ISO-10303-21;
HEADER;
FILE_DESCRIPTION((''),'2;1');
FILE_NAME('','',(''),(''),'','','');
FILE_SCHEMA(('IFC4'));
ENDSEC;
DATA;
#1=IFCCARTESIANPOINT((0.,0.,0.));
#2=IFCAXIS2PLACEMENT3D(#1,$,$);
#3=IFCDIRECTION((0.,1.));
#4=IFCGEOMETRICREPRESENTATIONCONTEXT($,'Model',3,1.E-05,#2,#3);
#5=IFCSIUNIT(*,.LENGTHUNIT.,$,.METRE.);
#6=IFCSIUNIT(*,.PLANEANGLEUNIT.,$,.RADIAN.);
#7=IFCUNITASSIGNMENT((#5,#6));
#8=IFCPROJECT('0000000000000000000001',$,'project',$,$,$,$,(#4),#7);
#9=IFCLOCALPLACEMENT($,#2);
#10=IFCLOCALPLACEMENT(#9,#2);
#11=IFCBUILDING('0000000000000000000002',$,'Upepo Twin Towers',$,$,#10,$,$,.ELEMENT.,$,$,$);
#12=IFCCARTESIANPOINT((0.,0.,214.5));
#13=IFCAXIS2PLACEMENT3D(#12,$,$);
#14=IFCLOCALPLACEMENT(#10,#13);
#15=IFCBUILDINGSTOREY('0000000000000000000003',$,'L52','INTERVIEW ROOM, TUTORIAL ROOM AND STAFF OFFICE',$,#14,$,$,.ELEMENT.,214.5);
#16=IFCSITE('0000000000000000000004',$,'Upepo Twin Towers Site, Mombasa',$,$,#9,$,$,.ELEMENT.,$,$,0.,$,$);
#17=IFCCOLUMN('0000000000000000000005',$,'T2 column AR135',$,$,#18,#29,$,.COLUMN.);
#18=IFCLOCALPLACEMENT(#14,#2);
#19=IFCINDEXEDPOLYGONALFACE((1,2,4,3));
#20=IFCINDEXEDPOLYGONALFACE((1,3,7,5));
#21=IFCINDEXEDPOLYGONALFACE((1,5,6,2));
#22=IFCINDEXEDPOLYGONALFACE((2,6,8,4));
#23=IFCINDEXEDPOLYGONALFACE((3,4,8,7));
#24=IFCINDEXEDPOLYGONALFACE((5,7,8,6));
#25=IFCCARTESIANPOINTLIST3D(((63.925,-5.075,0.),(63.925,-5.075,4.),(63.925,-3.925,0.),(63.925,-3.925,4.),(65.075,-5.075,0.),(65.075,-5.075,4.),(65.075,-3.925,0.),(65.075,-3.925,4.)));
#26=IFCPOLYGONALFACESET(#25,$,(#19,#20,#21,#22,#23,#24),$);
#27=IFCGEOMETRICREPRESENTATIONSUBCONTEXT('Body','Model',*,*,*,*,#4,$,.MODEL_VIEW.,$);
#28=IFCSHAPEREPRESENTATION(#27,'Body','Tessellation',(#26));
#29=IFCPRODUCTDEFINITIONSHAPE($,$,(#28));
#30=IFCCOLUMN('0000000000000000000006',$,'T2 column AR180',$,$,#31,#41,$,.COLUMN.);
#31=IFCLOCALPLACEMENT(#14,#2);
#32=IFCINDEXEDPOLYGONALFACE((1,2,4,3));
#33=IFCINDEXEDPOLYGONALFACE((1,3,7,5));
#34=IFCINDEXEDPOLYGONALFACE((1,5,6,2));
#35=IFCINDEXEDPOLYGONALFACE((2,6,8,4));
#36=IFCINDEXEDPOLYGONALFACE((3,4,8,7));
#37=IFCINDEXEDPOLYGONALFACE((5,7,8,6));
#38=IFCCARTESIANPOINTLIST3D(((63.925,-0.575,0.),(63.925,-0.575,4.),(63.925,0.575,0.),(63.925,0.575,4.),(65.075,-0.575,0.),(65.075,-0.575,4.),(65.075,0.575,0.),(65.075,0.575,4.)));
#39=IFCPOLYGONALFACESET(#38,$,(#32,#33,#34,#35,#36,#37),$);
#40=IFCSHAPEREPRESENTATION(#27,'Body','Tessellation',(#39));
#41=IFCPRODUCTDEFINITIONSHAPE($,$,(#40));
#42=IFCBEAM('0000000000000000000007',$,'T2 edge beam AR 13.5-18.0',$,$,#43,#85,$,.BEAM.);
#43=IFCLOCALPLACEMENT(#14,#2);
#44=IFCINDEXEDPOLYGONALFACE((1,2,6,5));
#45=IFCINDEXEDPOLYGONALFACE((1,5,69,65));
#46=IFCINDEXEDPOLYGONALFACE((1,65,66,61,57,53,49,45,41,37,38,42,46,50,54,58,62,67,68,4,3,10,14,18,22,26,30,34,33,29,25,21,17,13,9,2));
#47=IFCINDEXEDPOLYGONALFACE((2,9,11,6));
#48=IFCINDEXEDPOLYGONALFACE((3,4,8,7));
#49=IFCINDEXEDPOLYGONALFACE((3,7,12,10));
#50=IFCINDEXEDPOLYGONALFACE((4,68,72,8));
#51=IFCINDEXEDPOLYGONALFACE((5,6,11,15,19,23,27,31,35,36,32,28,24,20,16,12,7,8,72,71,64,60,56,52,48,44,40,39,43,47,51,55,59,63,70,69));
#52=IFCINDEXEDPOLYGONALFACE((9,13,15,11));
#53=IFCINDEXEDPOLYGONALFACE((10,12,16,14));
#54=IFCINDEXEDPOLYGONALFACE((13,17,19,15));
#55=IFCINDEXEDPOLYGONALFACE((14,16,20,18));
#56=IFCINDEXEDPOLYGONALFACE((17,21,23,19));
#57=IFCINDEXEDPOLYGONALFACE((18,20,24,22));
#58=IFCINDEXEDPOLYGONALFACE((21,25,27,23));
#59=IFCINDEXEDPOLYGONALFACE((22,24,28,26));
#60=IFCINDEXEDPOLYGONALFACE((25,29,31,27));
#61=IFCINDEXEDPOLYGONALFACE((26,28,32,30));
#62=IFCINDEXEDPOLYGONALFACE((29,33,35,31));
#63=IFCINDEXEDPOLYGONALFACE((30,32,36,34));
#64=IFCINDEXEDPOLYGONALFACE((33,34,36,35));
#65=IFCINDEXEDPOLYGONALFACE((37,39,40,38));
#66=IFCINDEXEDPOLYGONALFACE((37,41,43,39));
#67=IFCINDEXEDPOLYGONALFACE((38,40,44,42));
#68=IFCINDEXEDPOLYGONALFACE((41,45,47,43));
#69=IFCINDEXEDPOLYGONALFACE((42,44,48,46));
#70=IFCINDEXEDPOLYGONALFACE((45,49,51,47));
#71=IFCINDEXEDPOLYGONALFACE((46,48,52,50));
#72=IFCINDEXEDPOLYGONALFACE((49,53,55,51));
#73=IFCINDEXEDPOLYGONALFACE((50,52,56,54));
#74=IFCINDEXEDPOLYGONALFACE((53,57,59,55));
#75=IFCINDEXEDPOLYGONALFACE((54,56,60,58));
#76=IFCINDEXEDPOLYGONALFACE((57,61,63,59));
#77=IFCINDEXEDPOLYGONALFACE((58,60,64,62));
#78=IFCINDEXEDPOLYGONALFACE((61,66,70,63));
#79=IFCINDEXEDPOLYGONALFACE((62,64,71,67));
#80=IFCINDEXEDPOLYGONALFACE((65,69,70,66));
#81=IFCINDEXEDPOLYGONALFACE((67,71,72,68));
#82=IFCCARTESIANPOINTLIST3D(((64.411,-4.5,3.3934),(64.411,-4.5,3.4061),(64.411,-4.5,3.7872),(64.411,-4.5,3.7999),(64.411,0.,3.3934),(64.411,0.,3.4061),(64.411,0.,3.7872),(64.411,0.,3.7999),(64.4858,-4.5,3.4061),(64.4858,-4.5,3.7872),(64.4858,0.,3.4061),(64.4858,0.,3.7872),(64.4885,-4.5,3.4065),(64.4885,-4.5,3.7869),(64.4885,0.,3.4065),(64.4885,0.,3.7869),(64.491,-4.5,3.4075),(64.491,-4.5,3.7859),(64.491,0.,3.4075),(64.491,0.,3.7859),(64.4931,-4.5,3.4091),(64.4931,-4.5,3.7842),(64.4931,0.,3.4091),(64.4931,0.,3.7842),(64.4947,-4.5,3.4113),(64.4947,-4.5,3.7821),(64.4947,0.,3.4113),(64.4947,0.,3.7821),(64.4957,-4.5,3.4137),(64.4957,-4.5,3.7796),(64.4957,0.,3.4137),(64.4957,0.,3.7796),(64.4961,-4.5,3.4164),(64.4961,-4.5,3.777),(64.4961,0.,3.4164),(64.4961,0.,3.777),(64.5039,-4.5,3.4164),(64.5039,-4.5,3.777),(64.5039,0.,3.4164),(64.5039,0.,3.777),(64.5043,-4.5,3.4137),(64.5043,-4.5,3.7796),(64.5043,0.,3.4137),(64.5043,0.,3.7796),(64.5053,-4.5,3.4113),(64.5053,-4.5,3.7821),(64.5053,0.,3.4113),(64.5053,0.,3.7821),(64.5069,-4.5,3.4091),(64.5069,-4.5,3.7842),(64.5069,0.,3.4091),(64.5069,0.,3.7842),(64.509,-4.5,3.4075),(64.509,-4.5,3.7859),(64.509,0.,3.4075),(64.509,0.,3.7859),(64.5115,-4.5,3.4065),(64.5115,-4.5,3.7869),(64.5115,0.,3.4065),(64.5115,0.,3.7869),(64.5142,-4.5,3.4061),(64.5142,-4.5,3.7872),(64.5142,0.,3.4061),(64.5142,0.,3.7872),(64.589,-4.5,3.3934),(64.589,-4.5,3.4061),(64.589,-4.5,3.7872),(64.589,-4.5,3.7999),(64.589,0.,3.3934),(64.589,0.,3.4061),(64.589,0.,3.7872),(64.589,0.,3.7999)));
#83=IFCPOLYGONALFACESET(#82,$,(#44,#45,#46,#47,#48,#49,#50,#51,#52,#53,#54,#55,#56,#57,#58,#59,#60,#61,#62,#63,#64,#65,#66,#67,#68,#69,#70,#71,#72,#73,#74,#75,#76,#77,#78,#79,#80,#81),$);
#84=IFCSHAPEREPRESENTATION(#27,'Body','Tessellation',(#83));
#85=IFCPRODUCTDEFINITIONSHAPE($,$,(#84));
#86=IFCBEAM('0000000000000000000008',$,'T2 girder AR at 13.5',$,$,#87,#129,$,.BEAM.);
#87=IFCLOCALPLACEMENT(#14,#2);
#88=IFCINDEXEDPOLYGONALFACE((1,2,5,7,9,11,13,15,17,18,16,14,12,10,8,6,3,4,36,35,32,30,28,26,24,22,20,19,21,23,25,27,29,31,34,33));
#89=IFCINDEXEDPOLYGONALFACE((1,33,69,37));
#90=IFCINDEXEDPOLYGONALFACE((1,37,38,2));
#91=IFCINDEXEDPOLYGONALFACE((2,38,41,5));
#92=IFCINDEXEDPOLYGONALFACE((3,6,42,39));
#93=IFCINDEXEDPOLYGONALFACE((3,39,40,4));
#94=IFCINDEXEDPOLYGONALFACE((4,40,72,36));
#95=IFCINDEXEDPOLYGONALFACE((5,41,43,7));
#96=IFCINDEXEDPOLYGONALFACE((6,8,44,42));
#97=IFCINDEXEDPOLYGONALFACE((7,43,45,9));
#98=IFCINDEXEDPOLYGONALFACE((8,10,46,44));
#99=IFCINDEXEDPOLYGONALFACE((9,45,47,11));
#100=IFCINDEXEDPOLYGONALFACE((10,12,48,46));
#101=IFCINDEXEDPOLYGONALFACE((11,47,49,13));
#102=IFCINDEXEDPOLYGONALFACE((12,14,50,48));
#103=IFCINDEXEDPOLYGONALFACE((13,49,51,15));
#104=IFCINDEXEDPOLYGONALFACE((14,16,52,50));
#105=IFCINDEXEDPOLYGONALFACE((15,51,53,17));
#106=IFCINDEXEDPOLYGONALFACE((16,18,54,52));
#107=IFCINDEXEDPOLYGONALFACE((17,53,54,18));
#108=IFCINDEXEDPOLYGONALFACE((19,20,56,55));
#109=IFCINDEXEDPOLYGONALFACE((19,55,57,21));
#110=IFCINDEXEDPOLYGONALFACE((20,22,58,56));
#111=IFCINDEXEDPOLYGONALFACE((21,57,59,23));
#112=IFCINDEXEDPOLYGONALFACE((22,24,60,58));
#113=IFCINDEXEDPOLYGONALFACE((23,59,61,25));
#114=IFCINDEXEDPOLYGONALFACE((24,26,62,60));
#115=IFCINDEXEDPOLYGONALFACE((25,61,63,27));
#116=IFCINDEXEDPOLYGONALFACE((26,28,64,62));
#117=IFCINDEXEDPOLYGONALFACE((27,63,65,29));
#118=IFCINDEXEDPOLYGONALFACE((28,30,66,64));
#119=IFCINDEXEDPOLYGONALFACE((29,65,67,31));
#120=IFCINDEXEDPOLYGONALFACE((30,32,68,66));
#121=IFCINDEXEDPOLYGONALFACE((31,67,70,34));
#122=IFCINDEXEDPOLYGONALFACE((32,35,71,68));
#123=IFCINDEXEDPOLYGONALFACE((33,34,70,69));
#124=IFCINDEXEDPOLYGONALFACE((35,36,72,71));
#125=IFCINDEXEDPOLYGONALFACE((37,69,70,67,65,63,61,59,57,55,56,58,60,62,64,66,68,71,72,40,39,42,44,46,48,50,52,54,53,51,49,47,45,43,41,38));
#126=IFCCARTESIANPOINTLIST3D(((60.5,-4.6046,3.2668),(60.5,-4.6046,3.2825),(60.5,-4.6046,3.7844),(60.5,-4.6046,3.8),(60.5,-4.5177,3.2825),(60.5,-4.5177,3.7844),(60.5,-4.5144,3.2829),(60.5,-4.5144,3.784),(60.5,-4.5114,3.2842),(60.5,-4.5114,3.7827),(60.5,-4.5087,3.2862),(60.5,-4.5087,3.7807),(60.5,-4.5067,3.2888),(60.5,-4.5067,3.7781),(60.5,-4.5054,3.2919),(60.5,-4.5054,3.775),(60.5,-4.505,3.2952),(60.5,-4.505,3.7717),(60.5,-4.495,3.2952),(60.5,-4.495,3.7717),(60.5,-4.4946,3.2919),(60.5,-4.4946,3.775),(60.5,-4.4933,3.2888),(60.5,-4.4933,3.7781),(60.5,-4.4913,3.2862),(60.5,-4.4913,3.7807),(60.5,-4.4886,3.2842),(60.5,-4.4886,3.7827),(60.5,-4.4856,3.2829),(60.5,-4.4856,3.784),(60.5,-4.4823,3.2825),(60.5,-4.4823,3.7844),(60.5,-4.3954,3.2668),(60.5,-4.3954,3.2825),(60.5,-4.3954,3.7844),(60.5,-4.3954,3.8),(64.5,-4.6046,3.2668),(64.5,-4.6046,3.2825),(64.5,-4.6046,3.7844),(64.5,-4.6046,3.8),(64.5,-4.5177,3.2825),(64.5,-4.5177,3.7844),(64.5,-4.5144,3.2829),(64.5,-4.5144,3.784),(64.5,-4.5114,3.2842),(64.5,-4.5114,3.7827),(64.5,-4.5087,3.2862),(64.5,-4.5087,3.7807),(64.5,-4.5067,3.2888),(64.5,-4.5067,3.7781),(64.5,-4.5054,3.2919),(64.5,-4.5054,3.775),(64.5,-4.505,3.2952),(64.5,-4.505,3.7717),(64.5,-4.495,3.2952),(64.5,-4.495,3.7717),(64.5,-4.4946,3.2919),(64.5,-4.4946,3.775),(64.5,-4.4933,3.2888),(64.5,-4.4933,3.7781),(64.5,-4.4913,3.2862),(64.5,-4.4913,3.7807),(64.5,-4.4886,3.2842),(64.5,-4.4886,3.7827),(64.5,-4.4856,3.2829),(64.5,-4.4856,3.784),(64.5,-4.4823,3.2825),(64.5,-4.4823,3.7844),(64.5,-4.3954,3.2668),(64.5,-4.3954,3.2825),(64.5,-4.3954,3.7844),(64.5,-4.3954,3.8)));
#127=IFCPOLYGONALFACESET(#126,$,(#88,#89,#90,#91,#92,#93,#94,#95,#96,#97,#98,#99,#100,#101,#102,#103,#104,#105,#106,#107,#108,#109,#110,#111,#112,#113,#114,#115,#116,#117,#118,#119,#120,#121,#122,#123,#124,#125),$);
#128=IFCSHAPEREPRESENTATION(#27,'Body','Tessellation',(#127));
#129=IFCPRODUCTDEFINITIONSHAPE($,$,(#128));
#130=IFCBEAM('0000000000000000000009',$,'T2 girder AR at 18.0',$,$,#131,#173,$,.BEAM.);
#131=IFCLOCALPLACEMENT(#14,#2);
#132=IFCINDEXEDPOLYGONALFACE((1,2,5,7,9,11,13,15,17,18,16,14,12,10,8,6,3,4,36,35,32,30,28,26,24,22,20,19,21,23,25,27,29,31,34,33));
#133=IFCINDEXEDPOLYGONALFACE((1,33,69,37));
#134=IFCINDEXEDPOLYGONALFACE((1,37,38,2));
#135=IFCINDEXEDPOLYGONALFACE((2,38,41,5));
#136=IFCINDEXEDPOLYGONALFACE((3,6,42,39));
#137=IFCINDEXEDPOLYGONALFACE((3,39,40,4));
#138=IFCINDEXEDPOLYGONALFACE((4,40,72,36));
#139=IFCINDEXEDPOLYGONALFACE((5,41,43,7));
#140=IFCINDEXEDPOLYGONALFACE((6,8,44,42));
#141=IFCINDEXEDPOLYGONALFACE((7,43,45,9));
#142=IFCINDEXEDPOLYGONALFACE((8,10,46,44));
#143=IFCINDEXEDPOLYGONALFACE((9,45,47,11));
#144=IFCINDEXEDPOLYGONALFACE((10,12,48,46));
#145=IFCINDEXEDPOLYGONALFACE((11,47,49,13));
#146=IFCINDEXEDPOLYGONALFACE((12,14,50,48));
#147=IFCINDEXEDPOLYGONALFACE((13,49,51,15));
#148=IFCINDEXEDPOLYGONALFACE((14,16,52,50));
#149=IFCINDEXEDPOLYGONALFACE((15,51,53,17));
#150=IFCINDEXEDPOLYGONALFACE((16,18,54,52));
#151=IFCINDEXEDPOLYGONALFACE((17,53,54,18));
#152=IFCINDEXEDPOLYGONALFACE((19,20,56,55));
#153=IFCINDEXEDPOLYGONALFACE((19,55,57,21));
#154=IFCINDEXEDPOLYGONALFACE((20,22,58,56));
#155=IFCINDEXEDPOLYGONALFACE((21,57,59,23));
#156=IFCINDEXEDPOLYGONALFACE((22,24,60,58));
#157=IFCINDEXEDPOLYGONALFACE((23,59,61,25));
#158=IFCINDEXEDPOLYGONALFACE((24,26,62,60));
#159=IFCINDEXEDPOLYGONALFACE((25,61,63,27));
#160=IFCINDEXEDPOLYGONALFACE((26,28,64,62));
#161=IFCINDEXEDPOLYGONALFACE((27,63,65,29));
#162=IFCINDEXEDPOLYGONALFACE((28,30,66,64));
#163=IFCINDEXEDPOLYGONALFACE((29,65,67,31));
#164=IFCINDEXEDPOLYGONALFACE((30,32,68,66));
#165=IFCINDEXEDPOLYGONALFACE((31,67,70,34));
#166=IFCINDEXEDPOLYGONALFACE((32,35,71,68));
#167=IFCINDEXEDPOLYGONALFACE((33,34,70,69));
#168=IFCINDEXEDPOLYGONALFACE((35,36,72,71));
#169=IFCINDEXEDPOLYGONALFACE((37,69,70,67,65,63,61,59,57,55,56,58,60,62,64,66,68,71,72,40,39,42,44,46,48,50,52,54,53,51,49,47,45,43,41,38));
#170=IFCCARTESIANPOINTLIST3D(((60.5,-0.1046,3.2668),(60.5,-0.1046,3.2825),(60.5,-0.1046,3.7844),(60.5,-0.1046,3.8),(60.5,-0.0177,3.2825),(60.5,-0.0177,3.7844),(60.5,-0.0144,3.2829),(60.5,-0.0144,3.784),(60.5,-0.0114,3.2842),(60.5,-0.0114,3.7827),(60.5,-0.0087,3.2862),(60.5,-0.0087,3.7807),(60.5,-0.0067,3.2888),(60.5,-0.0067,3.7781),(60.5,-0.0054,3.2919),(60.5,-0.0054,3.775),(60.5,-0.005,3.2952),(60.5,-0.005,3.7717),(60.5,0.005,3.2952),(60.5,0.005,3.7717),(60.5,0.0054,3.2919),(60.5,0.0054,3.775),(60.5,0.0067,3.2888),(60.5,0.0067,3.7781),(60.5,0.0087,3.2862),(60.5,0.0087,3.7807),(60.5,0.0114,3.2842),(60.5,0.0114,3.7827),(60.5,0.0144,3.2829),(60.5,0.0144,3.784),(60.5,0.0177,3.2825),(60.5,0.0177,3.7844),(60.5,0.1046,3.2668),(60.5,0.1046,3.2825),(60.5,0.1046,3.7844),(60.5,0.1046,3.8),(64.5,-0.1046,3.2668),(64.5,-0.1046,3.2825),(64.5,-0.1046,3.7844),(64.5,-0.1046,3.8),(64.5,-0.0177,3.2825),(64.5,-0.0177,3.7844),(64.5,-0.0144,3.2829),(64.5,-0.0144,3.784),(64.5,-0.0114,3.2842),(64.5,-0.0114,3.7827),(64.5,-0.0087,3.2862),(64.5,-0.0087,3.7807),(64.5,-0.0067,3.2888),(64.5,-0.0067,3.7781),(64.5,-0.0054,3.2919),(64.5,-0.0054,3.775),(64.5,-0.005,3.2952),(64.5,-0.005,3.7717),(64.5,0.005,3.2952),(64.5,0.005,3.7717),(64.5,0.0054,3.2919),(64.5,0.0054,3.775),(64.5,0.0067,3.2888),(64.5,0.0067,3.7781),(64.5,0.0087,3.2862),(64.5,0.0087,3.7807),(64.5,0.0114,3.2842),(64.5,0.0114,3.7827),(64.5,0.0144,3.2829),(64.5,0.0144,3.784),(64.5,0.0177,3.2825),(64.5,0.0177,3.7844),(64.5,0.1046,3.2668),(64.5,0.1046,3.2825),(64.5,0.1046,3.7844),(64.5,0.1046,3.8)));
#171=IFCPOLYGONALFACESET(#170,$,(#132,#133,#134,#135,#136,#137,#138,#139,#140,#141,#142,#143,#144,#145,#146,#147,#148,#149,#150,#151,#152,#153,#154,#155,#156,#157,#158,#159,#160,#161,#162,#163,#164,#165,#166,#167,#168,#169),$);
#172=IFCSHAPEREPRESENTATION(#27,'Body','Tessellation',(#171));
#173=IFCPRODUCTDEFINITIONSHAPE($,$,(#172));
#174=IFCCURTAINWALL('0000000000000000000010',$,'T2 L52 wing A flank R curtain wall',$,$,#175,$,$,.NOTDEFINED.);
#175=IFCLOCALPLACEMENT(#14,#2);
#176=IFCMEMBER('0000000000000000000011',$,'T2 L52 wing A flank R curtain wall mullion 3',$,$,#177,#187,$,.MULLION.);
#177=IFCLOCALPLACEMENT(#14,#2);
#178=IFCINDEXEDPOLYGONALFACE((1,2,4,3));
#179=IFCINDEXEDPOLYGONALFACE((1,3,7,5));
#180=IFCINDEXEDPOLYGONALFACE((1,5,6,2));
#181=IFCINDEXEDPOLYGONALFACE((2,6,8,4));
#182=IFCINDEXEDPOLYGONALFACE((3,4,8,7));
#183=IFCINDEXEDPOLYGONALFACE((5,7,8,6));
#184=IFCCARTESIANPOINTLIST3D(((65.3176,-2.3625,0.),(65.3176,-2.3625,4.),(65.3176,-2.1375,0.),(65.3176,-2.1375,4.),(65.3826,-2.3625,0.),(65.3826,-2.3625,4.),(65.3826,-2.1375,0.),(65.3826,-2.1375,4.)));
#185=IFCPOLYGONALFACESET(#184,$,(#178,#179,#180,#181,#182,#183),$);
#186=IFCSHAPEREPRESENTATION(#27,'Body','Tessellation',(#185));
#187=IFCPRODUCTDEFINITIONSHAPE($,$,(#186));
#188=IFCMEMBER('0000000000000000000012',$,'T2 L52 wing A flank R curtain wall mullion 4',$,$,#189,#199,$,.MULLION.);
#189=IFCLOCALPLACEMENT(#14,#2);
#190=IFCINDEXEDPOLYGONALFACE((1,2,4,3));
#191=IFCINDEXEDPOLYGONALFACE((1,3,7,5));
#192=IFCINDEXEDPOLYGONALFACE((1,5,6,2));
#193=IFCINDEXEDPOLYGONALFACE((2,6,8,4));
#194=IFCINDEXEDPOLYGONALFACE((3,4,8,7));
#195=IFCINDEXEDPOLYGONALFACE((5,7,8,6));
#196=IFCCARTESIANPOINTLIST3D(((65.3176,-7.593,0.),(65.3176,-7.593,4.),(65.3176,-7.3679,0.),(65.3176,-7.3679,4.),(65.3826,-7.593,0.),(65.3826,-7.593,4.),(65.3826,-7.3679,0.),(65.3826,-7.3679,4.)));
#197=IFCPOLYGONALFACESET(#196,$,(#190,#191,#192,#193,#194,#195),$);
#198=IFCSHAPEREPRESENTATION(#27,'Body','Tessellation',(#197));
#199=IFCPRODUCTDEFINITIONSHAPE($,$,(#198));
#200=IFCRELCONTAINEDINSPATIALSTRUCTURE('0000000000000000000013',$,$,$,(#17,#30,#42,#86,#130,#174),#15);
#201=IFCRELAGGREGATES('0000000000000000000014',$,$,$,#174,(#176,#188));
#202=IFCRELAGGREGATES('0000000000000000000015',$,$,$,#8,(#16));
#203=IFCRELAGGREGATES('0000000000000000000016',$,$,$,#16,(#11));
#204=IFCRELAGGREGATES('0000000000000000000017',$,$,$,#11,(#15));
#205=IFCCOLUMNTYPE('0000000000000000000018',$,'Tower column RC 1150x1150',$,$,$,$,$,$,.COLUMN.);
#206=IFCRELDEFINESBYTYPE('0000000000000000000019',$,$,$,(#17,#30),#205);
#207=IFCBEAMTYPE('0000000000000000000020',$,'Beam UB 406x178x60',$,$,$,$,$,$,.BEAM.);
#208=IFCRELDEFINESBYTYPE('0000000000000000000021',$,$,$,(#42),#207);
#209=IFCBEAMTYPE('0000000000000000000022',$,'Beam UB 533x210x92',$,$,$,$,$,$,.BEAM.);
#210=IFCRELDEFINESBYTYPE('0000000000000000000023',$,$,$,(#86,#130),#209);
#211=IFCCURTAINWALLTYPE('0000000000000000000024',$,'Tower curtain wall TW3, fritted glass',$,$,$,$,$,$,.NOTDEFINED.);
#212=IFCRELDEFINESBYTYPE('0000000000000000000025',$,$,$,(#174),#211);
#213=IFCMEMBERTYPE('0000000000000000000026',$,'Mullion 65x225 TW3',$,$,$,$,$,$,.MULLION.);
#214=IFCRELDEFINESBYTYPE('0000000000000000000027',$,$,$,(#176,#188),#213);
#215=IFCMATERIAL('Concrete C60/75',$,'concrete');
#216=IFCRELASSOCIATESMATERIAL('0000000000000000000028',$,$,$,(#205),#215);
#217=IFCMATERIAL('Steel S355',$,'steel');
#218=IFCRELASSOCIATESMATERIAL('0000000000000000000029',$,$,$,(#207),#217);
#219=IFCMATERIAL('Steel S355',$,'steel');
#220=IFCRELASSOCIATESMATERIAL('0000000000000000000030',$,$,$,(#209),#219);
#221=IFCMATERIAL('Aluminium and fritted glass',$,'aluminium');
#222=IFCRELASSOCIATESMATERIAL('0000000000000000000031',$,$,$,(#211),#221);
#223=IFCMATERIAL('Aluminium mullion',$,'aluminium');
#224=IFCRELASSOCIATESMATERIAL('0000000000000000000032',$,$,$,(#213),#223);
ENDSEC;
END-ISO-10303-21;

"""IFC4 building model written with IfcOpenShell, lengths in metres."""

from ifc_helpers import new_model, si_unit, direction, frame, origin, origin_2d, place, context, subcontext, project, spatial, rectangle, i_section, extrude, material, material_profile, profile_set, type_object, element, aggregate, save


model = new_model("IFC4")

# Units and contexts
model_context = context("Model", 3, precision=1e-05, world=origin(), true_north=direction((0.0, 1.0)))
body_context = subcontext(model_context, "Body", "Model", "MODEL_VIEW")
ifc_project = project(units=[si_unit("LENGTHUNIT", "METRE"), si_unit("PLANEANGLEUNIT", "RADIAN")], contexts=[model_context])

# Site, building, storey
site_placement = place(None, origin())
site = spatial("IfcSite", under=ifc_project, at=site_placement, Name="Upepo Twin Towers Site, Mombasa", CompositionType="ELEMENT", RefElevation=0.0)
building_placement = place(site_placement, origin())
building = spatial("IfcBuilding", under=site, at=building_placement, Name="Upepo Twin Towers", CompositionType="ELEMENT")
storey_placement = place(building_placement, frame((0.0, 0.0, 214.5)))
storey = spatial("IfcBuildingStorey", under=building, at=storey_placement, Name="L52", Description="INTERVIEW ROOM, TUTORIAL ROOM AND STAFF OFFICE", CompositionType="ELEMENT", Elevation=214.5)

# Columns
ifc_material_1 = material(Name="Concrete C60/75", Category="concrete")
ifc_material_profile_1 = material_profile(ifc_material_1, rectangle(XDim=1.1499, YDim=1.1499, at=origin_2d()), Name="RC 1150x1150")
ifc_profile_set_1 = profile_set([ifc_material_profile_1], Name="Concrete C60/75")
column_type = type_object("IfcColumnType", Name="Tower column RC 1150x1150", PredefinedType="COLUMN", material=ifc_profile_set_1)
for number, where, z_axis, x_axis, name in (
    (1, (64.5, -4.5, 0.0), (0.0, 0.0, 1.0), (1.0, 0.0, 0.0), "T2 column AR135"),
    (2, (64.5, 0.0, 0.0), (0.0, 0.0, 1.0), (1.0, 0.0, 0.0), "T2 column AR180"),
):
    element("IfcColumn", number, at=place(storey_placement, frame(where, z_axis=z_axis, x_axis=x_axis)), inside=storey, type_object=column_type, Name=name, PredefinedType="COLUMN", context=body_context, shape_type="SweptSolid", body=[
        extrude(rectangle(XDim=1.1499, YDim=1.1499, at=origin_2d()), origin(), (0.0, 0.0, 1.0), 4.0),
    ])

# Beams
ifc_material_2 = material(Name="Steel S355", Category="steel")
ifc_material_profile_2 = material_profile(ifc_material_2, i_section(OverallWidth=0.178, OverallDepth=0.4065, WebThickness=0.0078, FlangeThickness=0.0127, FilletRadius=0.0103, at=origin_2d()), Name="UB 406x178x60")
ifc_profile_set_2 = profile_set([ifc_material_profile_2], Name="Steel S355")
beam_type_1 = type_object("IfcBeamType", Name="Beam UB 406x178x60", PredefinedType="BEAM", material=ifc_profile_set_2)
beam_placement = place(storey_placement, frame((64.5, -4.5, 3.5967), z_axis=(0.0, 1.0, 0.0), x_axis=(-1.0, 0.0, 0.0)))
element("IfcBeam", 3, at=beam_placement, inside=storey, type_object=beam_type_1, Name="T2 edge beam AR 13.5-18.0", PredefinedType="BEAM", context=body_context, shape_type="SweptSolid", body=[
    extrude(i_section(OverallWidth=0.178, OverallDepth=0.4065, WebThickness=0.0078, FlangeThickness=0.0127, FilletRadius=0.0103, at=origin_2d()), origin(), (0.0, 0.0, 1.0), 4.5),
])
ifc_material_3 = material(Name="Steel S355", Category="steel")
ifc_material_profile_3 = material_profile(ifc_material_3, i_section(OverallWidth=0.2092, OverallDepth=0.5332, WebThickness=0.01, FlangeThickness=0.0156, FilletRadius=0.0127, at=origin_2d()), Name="UB 533x210x92")
ifc_profile_set_3 = profile_set([ifc_material_profile_3], Name="Steel S355")
beam_type_2 = type_object("IfcBeamType", Name="Beam UB 533x210x92", PredefinedType="BEAM", material=ifc_profile_set_3)
for number, where, z_axis, x_axis, name in (
    (4, (64.5, -4.5, 3.5334), (-1.0, 0.0, 0.0), (0.0, -1.0, 0.0), "T2 girder AR at 13.5"),
    (5, (64.5, 0.0, 3.5334), (-1.0, 0.0, 0.0), (0.0, -1.0, 0.0), "T2 girder AR at 18.0"),
):
    element("IfcBeam", number, at=place(storey_placement, frame(where, z_axis=z_axis, x_axis=x_axis)), inside=storey, type_object=beam_type_2, Name=name, PredefinedType="BEAM", context=body_context, shape_type="SweptSolid", body=[
        extrude(i_section(OverallWidth=0.2092, OverallDepth=0.5332, WebThickness=0.01, FlangeThickness=0.0156, FilletRadius=0.0127, at=origin_2d()), origin(), (0.0, 0.0, 1.0), 4.0),
    ])

# Curtain wall, members
ifc_material_4 = material(Name="Aluminium and fritted glass", Category="aluminium")
curtain_wall_type = type_object("IfcCurtainWallType", Name="Tower curtain wall TW3, fritted glass", PredefinedType="NOTDEFINED", material=ifc_material_4)
curtain_wall_placement = place(storey_placement, origin())
curtain_wall = element("IfcCurtainWall", 6, at=curtain_wall_placement, inside=storey, type_object=curtain_wall_type, Name="T2 L52 wing A flank R curtain wall", PredefinedType="NOTDEFINED")
ifc_material_5 = material(Name="Aluminium mullion", Category="aluminium")
ifc_material_profile_4 = material_profile(ifc_material_5, rectangle(XDim=0.0649, YDim=0.2251, at=origin_2d()), Name="MULLION 65x225")
ifc_profile_set_4 = profile_set([ifc_material_profile_4], Name="Aluminium mullion")
member_type_1 = type_object("IfcMemberType", Name="Mullion 65x225 TW3", PredefinedType="MULLION", material=ifc_profile_set_4)
member_1_placement = place(storey_placement, frame((65.3501, -2.25, 0.0), z_axis=(0.0, 0.0, 1.0), x_axis=(1.0, 0.0, 0.0)))
member_1 = element("IfcMember", 7, at=member_1_placement, type_object=member_type_1, Name="T2 L52 wing A flank R curtain wall mullion 3", PredefinedType="MULLION", context=body_context, shape_type="SweptSolid", body=[
    extrude(rectangle(XDim=0.0649, YDim=0.2251, at=origin_2d()), origin(), (0.0, 0.0, 1.0), 4.0),
])
member_2_placement = place(storey_placement, frame((65.3501, -7.4805, 0.0), z_axis=(0.0, 0.0, 1.0), x_axis=(1.0, 0.0, 0.0)))
member_2 = element("IfcMember", 8, at=member_2_placement, type_object=member_type_1, Name="T2 L52 wing A flank R curtain wall mullion 4", PredefinedType="MULLION", context=body_context, shape_type="SweptSolid", body=[
    extrude(rectangle(XDim=0.0649, YDim=0.2251, at=origin_2d()), origin(), (0.0, 0.0, 1.0), 4.0),
])
aggregate(curtain_wall, [member_1, member_2])

save(model, "model.ifc")
